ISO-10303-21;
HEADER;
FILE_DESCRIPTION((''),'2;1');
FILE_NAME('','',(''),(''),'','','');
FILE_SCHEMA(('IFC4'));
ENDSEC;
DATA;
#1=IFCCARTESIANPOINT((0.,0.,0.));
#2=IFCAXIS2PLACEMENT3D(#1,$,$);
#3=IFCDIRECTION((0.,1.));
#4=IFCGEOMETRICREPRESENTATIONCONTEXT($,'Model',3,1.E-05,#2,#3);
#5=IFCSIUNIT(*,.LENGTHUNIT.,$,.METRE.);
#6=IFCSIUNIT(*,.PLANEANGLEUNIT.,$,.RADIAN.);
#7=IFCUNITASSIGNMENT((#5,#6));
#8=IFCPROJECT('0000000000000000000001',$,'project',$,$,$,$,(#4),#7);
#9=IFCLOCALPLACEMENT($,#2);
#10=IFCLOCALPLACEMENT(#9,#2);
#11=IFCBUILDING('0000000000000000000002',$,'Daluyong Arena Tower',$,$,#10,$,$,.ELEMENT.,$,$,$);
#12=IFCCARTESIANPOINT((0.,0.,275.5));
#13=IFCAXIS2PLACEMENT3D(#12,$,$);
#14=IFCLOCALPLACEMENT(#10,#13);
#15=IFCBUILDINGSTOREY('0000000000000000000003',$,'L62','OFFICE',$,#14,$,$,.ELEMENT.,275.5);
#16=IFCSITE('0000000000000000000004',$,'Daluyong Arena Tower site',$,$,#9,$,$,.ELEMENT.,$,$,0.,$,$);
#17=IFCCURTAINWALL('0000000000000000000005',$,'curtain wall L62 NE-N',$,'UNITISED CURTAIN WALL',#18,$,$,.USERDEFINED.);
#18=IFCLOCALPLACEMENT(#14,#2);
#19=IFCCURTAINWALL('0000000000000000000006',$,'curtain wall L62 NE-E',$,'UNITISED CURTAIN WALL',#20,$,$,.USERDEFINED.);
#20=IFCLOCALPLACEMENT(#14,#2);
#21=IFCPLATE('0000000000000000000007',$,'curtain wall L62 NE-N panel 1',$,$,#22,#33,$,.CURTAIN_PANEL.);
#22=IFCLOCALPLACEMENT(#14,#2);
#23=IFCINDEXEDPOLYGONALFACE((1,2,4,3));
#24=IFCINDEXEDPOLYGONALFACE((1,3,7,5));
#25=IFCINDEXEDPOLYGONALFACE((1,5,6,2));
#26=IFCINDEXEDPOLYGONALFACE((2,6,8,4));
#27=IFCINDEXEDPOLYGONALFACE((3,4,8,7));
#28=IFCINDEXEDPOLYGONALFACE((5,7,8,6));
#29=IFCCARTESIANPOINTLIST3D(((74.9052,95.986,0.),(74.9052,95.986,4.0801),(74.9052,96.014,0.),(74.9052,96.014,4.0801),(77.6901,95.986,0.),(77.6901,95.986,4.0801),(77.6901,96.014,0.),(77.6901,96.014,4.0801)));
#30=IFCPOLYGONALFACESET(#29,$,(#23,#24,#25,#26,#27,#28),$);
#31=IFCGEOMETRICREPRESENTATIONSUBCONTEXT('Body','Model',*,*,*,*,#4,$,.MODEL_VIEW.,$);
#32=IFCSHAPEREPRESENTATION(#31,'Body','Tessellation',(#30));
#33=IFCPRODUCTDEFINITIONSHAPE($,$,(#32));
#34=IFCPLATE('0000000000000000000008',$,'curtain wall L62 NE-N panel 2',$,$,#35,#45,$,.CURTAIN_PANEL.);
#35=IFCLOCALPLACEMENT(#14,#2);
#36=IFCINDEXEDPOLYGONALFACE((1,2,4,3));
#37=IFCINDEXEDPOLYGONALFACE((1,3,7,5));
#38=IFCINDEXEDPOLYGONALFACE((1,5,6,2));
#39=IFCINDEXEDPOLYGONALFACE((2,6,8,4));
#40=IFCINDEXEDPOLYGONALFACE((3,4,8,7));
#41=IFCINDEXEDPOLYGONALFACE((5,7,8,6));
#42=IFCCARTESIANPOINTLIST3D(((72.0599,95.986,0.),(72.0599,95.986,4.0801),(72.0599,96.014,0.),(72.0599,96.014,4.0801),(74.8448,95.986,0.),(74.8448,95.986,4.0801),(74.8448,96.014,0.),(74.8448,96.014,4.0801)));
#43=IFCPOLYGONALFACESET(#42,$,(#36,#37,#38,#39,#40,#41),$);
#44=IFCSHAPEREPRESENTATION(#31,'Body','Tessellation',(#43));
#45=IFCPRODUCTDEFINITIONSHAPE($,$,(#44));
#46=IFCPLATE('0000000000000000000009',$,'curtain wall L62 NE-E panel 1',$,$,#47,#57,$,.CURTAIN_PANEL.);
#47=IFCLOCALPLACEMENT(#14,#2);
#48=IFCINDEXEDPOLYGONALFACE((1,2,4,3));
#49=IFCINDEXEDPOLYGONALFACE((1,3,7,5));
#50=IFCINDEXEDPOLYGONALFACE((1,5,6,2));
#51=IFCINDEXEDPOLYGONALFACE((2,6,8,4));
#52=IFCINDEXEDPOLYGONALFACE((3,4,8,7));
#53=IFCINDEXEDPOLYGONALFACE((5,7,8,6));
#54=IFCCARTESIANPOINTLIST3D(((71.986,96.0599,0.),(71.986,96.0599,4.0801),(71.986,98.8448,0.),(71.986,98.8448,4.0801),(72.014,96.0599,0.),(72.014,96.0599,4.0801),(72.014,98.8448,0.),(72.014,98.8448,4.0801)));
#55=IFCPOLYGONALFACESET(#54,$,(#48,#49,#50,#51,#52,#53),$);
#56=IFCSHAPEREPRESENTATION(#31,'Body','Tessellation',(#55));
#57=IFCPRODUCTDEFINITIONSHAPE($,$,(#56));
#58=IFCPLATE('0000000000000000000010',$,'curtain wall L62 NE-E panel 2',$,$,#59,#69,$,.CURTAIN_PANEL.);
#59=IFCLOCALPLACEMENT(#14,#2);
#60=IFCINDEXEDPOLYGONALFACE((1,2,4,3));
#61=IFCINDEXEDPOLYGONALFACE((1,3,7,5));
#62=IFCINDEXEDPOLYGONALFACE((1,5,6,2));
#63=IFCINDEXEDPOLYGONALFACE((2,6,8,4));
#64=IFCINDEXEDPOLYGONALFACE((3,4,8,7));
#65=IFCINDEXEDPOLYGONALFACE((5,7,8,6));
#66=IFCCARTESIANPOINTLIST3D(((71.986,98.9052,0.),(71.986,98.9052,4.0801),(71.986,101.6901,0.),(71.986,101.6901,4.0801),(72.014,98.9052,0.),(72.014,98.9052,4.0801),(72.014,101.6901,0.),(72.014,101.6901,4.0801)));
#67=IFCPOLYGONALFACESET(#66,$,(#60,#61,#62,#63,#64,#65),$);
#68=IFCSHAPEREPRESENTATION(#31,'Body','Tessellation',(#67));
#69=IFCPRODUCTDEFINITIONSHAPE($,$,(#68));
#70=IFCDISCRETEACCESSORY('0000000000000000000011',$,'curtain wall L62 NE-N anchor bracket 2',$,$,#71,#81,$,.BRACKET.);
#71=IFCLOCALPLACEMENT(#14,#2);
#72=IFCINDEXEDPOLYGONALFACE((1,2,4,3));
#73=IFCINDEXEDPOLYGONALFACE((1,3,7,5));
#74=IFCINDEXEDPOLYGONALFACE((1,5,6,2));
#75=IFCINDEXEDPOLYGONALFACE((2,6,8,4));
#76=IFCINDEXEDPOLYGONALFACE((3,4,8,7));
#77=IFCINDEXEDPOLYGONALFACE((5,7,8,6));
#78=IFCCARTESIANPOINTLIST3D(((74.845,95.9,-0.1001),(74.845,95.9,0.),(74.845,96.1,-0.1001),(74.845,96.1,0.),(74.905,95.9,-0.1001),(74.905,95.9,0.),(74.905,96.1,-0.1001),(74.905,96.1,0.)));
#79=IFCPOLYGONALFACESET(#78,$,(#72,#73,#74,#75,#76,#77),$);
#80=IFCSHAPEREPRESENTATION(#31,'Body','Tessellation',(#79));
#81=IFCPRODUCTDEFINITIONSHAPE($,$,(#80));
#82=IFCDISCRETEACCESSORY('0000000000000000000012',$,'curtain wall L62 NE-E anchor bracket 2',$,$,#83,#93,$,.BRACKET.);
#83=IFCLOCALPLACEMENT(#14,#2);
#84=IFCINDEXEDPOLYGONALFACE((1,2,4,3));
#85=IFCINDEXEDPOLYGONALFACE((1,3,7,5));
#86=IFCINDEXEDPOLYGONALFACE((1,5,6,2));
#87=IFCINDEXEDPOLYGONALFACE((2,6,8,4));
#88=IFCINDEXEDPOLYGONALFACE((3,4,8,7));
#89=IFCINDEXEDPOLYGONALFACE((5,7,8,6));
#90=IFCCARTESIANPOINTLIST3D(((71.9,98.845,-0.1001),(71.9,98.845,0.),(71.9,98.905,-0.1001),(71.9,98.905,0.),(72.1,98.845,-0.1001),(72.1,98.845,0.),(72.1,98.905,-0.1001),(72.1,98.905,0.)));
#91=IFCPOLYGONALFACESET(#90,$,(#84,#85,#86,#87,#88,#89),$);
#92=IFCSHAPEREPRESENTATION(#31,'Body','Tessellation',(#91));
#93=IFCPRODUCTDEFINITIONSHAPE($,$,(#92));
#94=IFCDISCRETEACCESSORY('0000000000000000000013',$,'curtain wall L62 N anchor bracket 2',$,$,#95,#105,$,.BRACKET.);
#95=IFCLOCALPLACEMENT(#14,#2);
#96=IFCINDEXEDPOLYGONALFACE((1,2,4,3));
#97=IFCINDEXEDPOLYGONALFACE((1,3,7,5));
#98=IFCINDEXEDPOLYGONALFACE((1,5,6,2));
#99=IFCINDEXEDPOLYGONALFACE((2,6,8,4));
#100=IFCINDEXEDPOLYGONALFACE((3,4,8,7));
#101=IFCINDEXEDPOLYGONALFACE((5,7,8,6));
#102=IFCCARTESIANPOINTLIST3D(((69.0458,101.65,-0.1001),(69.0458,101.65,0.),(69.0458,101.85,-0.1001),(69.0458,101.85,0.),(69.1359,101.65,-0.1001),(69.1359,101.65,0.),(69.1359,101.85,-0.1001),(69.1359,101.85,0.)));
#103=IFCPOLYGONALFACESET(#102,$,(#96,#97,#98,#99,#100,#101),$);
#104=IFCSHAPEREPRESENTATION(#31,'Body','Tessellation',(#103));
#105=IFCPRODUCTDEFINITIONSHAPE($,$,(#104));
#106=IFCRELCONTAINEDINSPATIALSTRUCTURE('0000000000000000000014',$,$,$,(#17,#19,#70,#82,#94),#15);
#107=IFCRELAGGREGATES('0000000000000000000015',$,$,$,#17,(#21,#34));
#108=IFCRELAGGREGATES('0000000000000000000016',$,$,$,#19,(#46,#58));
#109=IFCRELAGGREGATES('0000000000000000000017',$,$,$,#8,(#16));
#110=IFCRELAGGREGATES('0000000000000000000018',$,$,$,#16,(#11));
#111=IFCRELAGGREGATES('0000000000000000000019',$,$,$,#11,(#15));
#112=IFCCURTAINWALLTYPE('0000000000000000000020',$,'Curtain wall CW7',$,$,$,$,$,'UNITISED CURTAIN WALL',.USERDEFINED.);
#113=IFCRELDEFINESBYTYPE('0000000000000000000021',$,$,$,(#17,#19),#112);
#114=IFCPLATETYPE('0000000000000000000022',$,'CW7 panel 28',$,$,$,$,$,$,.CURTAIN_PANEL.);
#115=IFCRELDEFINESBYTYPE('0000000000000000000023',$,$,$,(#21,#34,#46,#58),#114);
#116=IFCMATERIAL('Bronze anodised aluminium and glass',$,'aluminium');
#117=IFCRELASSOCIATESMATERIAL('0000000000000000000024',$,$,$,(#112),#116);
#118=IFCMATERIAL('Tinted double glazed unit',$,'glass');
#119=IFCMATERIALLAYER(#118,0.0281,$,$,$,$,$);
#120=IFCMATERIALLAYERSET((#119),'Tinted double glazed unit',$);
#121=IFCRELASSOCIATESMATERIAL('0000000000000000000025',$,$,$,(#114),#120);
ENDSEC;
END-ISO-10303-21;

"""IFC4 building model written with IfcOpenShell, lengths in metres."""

from ifc_helpers import new_model, si_unit, direction, frame, origin, origin_2d, place, context, subcontext, project, spatial, rectangle, extrude, material, layer, layer_set, type_object, element, aggregate, save


model = new_model("IFC4")

# Units and contexts
model_context = context("Model", 3, precision=1e-05, world=origin(), true_north=direction((0.0, 1.0)))
body_context = subcontext(model_context, "Body", "Model", "MODEL_VIEW")
ifc_project = project(units=[si_unit("LENGTHUNIT", "METRE"), si_unit("PLANEANGLEUNIT", "RADIAN")], contexts=[model_context])

# Site, building, storey
site_placement = place(None, origin())
site = spatial("IfcSite", under=ifc_project, at=site_placement, Name="Daluyong Arena Tower site", CompositionType="ELEMENT", RefElevation=0.0)
building_placement = place(site_placement, origin())
building = spatial("IfcBuilding", under=site, at=building_placement, Name="Daluyong Arena Tower", CompositionType="ELEMENT")
storey_placement = place(building_placement, frame((0.0, 0.0, 275.5)))
storey = spatial("IfcBuildingStorey", under=building, at=storey_placement, Name="L62", Description="OFFICE", CompositionType="ELEMENT", Elevation=275.5)

# Curtain walls
ifc_material_1 = material(Name="Bronze anodised aluminium and glass", Category="aluminium")
curtain_wall_type_1 = type_object("IfcCurtainWallType", Name="Curtain wall CW7", ElementType="UNITISED CURTAIN WALL", PredefinedType="USERDEFINED", material=ifc_material_1)
curtain_wall_1_placement = place(storey_placement, origin())
curtain_wall_1 = element("IfcCurtainWall", 1, at=curtain_wall_1_placement, inside=storey, type_object=curtain_wall_type_1, Name="curtain wall L62 NE-N", ObjectType="UNITISED CURTAIN WALL", PredefinedType="USERDEFINED")
curtain_wall_2_placement = place(storey_placement, origin())
curtain_wall_2 = element("IfcCurtainWall", 2, at=curtain_wall_2_placement, inside=storey, type_object=curtain_wall_type_1, Name="curtain wall L62 NE-E", ObjectType="UNITISED CURTAIN WALL", PredefinedType="USERDEFINED")

# Plates
ifc_material_2 = material(Name="Tinted double glazed unit", Category="glass")
ifc_layer_1 = layer(ifc_material_2, 0.0281)
ifc_layer_set_1 = layer_set([ifc_layer_1], Name="Tinted double glazed unit")
plate_type_1 = type_object("IfcPlateType", Name="CW7 panel 28", PredefinedType="CURTAIN_PANEL", material=ifc_layer_set_1)
plate_1_placement = place(storey_placement, frame((76.2976, 96.0, 0.0), z_axis=(0.0, 0.0, 1.0), x_axis=(-1.0, 0.0, 0.0)))
plate_1 = element("IfcPlate", 3, at=plate_1_placement, type_object=plate_type_1, Name="curtain wall L62 NE-N panel 1", PredefinedType="CURTAIN_PANEL", context=body_context, shape_type="SweptSolid", body=[
    extrude(rectangle(XDim=2.7849, YDim=0.0281, at=origin_2d()), origin(), (0.0, 0.0, 1.0), 4.0801),
])
plate_2_placement = place(storey_placement, frame((73.4524, 96.0, 0.0), z_axis=(0.0, 0.0, 1.0), x_axis=(-1.0, 0.0, 0.0)))
plate_2 = element("IfcPlate", 4, at=plate_2_placement, type_object=plate_type_1, Name="curtain wall L62 NE-N panel 2", PredefinedType="CURTAIN_PANEL", context=body_context, shape_type="SweptSolid", body=[
    extrude(rectangle(XDim=2.7849, YDim=0.0281, at=origin_2d()), origin(), (0.0, 0.0, 1.0), 4.0801),
])
aggregate(curtain_wall_1, [plate_1, plate_2])
plate_3_placement = place(storey_placement, frame((72.0, 97.4524, 0.0), z_axis=(0.0, 0.0, 1.0), x_axis=(0.0, 1.0, 0.0)))
plate_3 = element("IfcPlate", 5, at=plate_3_placement, type_object=plate_type_1, Name="curtain wall L62 NE-E panel 1", PredefinedType="CURTAIN_PANEL", context=body_context, shape_type="SweptSolid", body=[
    extrude(rectangle(XDim=2.7849, YDim=0.0281, at=origin_2d()), origin(), (0.0, 0.0, 1.0), 4.0801),
])
plate_4_placement = place(storey_placement, frame((72.0, 100.2976, 0.0), z_axis=(0.0, 0.0, 1.0), x_axis=(0.0, 1.0, 0.0)))
plate_4 = element("IfcPlate", 6, at=plate_4_placement, type_object=plate_type_1, Name="curtain wall L62 NE-E panel 2", PredefinedType="CURTAIN_PANEL", context=body_context, shape_type="SweptSolid", body=[
    extrude(rectangle(XDim=2.7849, YDim=0.0281, at=origin_2d()), origin(), (0.0, 0.0, 1.0), 4.0801),
])
aggregate(curtain_wall_2, [plate_3, plate_4])

# Discrete accessories
for number, where, z_axis, x_axis, name in (
    (7, (74.875, 96.0, -0.1001), (0.0, 0.0, 1.0), (-1.0, 0.0, 0.0), "curtain wall L62 NE-N anchor bracket 2"),
    (8, (72.0, 98.875, -0.1001), (0.0, 0.0, 1.0), (0.0, 1.0, 0.0), "curtain wall L62 NE-E anchor bracket 2"),
):
    element("IfcDiscreteAccessory", number, at=place(storey_placement, frame(where, z_axis=z_axis, x_axis=x_axis)), inside=storey, Name=name, PredefinedType="BRACKET", context=body_context, shape_type="SweptSolid", body=[
        extrude(rectangle(XDim=0.0601, YDim=0.2, at=origin_2d()), origin(), (0.0, 0.0, 1.0), 0.1001),
    ])
discrete_accessory_placement = place(storey_placement, frame((69.0908, 101.75, -0.1001), z_axis=(0.0, 0.0, 1.0), x_axis=(-1.0, 0.0, 0.0)))
element("IfcDiscreteAccessory", 9, at=discrete_accessory_placement, inside=storey, Name="curtain wall L62 N anchor bracket 2", PredefinedType="BRACKET", context=body_context, shape_type="SweptSolid", body=[
    extrude(rectangle(XDim=0.0901, YDim=0.2, at=origin_2d()), origin(), (0.0, 0.0, 1.0), 0.1001),
])

save(model, "model.ifc")
